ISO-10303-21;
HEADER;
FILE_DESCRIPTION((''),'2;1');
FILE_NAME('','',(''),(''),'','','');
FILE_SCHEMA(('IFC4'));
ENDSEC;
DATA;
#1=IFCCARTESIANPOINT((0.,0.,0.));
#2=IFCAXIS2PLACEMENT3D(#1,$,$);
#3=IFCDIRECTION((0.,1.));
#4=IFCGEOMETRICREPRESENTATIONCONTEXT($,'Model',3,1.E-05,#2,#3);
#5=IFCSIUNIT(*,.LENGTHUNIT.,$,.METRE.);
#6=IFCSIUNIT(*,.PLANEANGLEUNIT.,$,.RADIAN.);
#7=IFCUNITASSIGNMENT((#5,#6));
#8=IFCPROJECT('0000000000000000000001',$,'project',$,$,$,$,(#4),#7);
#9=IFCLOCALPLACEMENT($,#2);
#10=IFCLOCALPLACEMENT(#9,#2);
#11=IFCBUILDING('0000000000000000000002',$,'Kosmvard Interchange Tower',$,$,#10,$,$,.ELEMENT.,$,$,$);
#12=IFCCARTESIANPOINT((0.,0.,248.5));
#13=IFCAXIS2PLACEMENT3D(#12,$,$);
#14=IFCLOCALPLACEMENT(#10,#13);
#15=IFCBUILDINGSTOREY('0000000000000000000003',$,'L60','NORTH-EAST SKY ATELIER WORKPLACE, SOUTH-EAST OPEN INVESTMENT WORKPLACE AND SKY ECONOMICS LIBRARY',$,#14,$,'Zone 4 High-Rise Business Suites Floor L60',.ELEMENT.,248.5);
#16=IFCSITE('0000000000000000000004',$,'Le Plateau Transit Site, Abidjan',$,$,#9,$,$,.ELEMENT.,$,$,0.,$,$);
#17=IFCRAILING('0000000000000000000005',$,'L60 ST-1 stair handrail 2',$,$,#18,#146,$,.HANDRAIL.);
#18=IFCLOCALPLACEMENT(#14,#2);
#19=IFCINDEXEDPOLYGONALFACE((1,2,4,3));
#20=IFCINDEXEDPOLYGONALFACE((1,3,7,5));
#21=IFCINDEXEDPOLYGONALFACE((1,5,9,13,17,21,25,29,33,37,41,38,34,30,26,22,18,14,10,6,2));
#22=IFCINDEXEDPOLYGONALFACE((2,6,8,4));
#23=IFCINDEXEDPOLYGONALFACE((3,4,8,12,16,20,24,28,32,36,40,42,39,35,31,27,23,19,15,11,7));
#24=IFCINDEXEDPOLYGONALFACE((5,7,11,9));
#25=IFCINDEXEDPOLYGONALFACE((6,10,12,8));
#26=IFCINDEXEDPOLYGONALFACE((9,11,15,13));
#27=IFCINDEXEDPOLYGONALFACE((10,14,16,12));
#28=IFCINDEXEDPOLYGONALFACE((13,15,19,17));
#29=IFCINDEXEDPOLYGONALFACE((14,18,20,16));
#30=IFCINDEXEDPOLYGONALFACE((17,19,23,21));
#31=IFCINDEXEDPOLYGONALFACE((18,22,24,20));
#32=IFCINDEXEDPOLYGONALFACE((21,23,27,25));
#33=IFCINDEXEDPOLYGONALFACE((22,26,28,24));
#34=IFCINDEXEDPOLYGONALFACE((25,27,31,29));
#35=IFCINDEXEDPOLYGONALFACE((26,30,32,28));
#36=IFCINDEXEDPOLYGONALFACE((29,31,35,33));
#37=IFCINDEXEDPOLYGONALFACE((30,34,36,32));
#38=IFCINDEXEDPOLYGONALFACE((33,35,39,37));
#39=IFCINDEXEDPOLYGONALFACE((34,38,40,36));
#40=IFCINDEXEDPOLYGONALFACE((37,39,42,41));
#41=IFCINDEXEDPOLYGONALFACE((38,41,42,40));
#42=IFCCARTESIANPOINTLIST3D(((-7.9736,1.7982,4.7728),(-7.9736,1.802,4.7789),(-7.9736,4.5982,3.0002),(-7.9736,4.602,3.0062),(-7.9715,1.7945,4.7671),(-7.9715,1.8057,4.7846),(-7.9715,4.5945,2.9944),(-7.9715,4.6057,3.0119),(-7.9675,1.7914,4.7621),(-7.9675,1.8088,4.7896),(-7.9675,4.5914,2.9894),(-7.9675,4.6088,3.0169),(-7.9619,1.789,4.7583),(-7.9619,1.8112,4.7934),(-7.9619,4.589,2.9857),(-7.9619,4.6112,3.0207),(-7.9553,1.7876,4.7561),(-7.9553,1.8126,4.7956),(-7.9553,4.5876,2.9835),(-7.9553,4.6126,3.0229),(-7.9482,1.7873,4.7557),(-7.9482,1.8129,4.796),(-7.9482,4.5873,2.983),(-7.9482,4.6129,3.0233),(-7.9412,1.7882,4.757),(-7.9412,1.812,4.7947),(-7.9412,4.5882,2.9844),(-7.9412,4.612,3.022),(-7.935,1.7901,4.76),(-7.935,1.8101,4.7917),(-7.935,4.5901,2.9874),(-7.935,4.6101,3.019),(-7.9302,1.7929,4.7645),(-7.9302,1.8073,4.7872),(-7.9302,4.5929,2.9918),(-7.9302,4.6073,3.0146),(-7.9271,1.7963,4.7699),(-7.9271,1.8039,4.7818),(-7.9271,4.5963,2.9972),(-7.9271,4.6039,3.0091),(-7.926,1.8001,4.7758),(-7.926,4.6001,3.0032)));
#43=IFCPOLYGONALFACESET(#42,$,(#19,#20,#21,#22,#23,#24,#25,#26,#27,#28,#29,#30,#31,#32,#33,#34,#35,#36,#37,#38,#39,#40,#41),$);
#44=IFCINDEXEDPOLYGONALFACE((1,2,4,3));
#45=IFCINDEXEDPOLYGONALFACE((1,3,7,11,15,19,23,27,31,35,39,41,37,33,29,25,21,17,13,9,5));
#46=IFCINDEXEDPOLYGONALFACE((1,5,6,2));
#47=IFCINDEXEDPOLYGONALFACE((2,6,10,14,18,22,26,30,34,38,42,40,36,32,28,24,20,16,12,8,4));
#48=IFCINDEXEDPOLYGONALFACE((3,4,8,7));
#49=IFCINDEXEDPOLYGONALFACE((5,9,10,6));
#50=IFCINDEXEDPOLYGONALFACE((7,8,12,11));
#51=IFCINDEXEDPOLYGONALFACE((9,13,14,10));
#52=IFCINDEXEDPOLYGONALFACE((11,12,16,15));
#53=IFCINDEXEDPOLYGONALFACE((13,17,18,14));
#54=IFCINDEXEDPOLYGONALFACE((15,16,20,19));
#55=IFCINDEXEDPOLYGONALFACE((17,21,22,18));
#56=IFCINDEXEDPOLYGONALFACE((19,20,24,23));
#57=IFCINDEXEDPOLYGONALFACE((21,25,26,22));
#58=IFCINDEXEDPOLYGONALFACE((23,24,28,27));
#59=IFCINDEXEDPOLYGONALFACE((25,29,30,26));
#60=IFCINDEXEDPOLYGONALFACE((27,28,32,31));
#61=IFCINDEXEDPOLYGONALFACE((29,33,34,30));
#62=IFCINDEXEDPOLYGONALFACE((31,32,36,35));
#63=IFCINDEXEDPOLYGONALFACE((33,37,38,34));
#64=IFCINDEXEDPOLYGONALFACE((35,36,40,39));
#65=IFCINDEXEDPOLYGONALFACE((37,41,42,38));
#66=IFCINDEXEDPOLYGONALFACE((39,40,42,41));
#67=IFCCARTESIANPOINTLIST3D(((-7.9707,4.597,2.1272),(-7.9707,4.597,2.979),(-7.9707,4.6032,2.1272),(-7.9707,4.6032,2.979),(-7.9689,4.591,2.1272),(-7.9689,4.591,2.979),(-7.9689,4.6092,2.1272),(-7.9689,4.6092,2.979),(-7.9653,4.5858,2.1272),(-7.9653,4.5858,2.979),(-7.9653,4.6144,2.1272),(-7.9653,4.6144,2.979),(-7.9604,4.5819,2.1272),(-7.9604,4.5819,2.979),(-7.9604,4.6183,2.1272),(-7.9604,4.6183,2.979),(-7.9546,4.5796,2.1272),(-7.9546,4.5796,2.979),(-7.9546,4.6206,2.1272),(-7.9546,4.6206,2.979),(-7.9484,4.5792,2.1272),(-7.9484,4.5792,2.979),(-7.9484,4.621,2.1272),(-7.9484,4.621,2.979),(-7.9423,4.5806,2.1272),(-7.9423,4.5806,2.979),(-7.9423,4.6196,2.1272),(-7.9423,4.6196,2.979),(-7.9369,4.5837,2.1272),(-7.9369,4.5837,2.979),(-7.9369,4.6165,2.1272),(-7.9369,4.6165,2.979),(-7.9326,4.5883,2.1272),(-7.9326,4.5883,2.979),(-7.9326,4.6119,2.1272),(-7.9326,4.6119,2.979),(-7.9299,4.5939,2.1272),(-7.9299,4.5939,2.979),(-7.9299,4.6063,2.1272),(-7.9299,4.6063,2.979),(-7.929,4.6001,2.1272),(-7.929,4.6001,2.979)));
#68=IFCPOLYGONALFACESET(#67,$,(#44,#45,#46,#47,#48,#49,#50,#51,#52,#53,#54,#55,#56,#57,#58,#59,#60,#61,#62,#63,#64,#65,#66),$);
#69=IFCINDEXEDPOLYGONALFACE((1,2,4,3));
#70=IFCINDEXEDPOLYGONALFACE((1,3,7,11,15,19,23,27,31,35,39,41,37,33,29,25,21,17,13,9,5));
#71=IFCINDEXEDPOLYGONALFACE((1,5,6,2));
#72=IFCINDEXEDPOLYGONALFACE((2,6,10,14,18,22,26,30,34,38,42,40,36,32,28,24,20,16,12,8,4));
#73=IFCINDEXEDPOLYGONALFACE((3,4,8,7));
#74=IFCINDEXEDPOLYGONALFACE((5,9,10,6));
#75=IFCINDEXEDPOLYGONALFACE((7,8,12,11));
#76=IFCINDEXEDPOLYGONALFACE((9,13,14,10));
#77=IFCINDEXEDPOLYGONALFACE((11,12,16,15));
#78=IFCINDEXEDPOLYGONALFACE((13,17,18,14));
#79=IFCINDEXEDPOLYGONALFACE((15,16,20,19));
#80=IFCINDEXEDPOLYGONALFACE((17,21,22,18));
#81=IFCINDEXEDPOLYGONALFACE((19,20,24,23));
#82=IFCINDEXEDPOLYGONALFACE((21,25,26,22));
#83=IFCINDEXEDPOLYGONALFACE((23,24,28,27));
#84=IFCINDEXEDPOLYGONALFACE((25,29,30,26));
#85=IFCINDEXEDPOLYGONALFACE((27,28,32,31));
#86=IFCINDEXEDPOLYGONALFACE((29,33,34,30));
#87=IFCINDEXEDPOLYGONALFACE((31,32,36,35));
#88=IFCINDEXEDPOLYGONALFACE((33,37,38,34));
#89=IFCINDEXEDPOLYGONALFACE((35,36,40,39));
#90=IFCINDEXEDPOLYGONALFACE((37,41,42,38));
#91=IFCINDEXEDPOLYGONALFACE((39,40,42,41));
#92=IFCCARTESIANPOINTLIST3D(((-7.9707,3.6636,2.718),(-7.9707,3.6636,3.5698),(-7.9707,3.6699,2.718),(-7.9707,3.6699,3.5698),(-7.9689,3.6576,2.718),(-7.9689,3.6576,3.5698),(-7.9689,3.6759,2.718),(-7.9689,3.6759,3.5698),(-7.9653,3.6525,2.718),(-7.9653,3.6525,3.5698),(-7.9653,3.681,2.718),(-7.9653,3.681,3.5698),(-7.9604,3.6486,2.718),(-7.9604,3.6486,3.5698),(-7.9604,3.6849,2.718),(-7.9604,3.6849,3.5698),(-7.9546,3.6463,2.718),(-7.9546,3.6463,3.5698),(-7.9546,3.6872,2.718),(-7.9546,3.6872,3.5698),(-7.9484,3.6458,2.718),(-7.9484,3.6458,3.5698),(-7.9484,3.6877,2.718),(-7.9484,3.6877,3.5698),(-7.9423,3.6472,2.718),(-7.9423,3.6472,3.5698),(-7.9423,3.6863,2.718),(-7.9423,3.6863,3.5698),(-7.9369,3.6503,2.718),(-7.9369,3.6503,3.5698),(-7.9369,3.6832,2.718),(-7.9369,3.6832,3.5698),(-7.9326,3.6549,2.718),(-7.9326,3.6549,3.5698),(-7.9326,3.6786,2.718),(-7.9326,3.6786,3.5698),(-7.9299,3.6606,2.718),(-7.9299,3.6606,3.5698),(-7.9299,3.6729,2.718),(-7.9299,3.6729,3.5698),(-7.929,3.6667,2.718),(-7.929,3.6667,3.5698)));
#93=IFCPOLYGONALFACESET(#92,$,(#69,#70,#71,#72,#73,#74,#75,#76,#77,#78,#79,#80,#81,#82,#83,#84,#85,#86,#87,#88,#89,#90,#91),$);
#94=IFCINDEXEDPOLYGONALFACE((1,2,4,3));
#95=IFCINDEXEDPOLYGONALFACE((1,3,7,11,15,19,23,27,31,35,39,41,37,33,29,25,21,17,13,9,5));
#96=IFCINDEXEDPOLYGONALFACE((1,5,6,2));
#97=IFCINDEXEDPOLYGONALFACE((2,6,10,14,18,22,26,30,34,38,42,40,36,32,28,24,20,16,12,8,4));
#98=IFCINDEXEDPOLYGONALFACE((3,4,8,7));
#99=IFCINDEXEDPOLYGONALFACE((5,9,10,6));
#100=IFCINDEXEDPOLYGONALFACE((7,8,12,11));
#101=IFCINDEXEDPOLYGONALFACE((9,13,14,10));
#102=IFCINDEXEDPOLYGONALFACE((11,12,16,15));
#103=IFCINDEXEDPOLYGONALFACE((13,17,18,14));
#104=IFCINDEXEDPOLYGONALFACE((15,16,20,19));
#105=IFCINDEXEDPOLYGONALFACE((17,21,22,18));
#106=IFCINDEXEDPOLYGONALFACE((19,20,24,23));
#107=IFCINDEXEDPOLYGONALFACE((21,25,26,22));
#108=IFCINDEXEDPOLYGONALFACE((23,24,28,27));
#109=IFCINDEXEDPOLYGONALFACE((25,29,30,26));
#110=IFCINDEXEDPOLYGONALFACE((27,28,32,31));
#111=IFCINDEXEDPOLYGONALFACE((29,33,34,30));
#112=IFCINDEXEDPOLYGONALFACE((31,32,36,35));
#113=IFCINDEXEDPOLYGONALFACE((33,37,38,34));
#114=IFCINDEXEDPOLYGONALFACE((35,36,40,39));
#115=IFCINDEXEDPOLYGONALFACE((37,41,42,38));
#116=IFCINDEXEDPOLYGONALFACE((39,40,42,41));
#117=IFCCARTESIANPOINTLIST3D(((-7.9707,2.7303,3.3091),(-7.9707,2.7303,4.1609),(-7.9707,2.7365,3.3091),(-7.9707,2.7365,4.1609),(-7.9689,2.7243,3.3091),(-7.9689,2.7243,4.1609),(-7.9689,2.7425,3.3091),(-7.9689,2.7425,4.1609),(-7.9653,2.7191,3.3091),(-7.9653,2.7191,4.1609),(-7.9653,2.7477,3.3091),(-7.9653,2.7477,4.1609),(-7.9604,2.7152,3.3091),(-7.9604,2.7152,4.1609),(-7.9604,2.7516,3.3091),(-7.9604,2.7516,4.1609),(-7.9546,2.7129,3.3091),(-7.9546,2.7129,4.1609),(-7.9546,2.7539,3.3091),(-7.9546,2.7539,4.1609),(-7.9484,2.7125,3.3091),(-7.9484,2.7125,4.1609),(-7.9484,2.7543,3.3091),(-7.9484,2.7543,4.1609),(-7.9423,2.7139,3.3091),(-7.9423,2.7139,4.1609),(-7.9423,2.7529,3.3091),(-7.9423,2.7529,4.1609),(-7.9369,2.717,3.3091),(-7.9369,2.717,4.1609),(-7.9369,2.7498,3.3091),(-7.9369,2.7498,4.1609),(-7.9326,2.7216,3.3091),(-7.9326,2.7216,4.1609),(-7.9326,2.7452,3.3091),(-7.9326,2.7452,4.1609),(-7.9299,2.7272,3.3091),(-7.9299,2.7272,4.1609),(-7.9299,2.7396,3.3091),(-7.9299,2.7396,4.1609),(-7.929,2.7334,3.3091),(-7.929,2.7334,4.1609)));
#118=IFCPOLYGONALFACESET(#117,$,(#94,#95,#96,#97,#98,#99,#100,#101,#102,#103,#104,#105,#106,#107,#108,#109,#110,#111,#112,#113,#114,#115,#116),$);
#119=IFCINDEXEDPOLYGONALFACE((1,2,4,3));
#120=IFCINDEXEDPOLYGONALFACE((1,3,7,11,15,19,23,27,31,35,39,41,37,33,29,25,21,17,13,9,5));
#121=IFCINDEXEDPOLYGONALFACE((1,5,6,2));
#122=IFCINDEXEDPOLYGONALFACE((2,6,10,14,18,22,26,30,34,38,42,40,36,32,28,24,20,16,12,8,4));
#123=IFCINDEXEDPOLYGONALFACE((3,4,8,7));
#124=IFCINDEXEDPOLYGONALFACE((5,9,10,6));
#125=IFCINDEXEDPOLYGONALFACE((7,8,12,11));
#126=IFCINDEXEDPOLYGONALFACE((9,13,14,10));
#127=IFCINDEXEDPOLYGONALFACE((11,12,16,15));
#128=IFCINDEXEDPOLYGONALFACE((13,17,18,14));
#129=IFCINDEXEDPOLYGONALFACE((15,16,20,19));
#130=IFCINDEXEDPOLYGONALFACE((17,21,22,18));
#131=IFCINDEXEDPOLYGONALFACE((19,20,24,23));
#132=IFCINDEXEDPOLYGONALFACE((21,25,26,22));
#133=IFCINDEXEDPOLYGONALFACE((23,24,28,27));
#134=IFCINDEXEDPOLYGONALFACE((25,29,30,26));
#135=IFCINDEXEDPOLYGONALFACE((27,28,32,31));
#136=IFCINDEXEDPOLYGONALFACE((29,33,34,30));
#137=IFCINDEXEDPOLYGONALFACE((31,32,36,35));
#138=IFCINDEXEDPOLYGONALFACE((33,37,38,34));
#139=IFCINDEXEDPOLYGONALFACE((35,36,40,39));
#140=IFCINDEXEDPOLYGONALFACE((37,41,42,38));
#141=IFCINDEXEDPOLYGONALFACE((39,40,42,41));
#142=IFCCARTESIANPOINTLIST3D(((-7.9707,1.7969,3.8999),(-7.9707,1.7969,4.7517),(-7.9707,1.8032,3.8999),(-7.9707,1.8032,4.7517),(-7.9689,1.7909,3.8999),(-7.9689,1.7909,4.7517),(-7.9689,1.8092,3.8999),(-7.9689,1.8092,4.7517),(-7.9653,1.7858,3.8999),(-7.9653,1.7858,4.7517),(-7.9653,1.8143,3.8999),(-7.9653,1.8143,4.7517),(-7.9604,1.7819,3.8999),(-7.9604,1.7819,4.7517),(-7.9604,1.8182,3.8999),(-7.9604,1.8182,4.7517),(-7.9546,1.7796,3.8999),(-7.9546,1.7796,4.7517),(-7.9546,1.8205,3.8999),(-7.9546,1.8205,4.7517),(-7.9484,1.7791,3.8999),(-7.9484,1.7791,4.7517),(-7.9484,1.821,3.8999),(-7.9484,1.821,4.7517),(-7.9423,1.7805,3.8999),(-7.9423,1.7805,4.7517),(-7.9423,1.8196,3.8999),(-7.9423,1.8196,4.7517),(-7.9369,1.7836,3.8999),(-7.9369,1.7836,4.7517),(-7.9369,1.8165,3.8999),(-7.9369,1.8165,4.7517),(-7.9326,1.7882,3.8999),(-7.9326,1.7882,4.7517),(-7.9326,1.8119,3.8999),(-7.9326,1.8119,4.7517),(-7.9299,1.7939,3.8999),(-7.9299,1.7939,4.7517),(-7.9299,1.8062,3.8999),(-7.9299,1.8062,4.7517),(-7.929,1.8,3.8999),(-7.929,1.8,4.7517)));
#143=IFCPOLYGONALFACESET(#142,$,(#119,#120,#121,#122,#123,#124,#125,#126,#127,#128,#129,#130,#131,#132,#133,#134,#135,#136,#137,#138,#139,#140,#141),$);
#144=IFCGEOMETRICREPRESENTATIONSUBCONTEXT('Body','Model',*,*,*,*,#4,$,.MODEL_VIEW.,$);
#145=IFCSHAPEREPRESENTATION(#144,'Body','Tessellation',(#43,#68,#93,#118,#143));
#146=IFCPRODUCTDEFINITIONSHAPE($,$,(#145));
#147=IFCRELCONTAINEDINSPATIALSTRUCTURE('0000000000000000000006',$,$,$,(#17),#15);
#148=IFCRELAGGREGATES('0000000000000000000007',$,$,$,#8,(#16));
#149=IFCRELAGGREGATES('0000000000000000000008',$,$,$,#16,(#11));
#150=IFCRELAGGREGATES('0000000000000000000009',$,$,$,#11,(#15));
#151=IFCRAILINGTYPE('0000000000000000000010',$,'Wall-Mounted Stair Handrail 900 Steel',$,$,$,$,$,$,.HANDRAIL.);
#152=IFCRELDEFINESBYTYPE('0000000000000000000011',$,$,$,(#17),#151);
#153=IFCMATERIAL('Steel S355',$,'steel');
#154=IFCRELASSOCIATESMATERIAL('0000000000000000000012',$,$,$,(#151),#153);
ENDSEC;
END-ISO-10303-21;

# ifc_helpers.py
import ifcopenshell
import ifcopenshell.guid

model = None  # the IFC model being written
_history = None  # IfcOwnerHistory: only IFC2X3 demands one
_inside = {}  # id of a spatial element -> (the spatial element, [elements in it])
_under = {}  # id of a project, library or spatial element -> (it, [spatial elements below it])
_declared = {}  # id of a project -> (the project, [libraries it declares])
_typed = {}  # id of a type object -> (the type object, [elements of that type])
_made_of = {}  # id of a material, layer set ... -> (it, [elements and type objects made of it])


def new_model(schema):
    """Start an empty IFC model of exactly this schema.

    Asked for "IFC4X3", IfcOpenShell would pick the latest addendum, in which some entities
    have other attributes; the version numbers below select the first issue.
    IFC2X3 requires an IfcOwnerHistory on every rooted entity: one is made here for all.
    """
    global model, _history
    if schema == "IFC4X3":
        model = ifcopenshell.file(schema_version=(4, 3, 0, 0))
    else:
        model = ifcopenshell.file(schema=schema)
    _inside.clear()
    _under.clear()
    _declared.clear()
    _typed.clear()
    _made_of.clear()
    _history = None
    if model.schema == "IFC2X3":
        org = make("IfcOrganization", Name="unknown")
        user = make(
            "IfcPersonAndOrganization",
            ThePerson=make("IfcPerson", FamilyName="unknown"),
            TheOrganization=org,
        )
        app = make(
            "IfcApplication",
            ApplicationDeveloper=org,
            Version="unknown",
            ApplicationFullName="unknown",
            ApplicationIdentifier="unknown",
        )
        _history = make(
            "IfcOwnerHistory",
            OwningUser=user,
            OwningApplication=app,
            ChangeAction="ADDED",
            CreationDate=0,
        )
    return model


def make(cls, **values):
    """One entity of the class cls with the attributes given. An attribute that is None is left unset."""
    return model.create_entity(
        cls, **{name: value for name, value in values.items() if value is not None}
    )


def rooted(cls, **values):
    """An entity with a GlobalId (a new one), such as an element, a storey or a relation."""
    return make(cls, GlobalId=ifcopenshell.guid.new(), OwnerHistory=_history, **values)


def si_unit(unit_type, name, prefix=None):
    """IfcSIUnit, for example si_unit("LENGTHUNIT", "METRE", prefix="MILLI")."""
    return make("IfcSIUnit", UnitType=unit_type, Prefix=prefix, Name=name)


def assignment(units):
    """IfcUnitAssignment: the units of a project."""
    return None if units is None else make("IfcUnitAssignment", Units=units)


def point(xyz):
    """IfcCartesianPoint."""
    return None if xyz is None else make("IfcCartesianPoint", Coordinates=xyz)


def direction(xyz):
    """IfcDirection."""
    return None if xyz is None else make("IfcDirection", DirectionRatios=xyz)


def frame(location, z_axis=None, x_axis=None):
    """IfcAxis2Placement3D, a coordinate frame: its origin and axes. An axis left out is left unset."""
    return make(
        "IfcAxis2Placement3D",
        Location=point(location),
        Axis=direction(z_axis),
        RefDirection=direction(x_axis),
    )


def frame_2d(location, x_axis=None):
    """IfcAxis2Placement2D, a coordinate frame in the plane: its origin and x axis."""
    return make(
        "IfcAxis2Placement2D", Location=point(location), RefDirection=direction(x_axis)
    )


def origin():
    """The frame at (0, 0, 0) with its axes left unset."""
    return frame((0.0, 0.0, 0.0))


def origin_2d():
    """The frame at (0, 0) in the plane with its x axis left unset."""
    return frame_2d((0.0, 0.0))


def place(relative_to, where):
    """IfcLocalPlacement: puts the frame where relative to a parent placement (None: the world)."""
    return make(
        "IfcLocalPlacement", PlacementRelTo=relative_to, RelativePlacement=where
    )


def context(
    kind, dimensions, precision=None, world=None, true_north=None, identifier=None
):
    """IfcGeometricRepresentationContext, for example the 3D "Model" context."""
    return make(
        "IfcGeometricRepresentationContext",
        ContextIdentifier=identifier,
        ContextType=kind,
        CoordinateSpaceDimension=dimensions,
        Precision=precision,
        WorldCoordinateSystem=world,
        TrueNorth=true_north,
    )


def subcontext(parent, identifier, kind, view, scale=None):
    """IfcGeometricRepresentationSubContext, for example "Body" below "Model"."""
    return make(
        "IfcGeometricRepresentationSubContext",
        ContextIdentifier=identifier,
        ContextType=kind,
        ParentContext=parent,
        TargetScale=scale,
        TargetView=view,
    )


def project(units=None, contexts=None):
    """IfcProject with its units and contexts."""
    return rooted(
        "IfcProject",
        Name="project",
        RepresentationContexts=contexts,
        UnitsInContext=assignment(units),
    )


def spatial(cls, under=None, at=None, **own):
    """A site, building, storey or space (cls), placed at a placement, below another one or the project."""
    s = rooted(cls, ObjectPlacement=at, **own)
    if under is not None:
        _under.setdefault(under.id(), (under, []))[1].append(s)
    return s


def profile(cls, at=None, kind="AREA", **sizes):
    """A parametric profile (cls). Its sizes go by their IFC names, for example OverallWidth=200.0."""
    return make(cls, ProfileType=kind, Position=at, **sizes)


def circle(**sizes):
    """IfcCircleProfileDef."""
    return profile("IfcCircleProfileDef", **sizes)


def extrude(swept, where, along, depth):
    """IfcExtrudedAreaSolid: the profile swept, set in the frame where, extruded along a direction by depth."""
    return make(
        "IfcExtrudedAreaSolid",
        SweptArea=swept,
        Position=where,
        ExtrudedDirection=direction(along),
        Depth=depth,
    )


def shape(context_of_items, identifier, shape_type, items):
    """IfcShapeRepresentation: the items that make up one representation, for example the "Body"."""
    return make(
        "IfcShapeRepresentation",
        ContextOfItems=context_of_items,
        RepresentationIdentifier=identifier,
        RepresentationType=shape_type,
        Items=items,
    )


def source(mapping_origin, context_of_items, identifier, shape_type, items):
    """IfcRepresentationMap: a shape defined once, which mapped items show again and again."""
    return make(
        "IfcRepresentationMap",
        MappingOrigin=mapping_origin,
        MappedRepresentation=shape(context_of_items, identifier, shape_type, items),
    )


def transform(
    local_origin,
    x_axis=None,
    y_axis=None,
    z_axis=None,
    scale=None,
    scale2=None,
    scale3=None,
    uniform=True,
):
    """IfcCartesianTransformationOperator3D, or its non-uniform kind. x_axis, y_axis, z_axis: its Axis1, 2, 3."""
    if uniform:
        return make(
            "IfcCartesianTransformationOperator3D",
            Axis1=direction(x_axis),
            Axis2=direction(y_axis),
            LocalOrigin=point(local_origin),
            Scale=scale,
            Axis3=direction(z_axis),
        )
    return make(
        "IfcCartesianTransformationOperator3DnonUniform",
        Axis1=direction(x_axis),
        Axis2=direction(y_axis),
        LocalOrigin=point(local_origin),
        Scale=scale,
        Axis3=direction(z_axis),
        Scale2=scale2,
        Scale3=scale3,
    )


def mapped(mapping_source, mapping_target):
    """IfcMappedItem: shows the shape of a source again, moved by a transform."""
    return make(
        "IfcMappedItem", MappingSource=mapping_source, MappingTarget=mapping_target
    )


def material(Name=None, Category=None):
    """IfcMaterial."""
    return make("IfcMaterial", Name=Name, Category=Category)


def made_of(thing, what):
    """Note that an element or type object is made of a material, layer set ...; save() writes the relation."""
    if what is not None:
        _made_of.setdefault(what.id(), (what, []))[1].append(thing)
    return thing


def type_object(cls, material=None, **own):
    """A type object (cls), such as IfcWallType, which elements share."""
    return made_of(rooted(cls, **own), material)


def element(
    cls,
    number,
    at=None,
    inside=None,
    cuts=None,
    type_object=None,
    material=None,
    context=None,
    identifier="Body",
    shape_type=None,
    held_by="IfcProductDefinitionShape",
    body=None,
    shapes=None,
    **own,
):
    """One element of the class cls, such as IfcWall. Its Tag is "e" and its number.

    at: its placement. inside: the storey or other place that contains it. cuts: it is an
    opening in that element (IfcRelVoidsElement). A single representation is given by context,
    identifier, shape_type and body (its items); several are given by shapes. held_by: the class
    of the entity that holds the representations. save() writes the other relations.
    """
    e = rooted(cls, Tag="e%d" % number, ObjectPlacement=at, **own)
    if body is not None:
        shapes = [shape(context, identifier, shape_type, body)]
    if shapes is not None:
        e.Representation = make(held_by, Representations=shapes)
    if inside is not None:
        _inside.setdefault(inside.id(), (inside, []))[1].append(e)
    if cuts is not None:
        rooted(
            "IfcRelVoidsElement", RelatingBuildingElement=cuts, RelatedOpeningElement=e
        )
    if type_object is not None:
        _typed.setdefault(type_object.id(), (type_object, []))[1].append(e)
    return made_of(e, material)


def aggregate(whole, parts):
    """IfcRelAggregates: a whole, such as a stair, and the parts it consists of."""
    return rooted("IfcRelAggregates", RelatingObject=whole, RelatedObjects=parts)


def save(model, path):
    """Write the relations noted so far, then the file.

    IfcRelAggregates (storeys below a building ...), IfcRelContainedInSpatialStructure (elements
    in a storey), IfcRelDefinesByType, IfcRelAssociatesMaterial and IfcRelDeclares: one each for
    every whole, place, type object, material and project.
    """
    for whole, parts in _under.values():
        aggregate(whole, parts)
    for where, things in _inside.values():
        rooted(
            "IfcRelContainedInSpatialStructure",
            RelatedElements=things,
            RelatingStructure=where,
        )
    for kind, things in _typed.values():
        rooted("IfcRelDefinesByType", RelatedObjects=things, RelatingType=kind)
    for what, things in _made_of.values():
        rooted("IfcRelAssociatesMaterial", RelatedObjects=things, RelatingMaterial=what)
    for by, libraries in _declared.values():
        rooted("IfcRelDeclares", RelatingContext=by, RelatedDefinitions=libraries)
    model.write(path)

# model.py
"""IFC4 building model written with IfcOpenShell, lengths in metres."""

from ifc_helpers import new_model, si_unit, direction, frame, origin, origin_2d, place, context, subcontext, project, spatial, circle, extrude, source, transform, mapped, material, type_object, element, save


model = new_model("IFC4")

# Units and contexts
model_context = context("Model", 3, precision=1e-05, world=origin(), true_north=direction((0.0, 1.0)))
body_context = subcontext(model_context, "Body", "Model", "MODEL_VIEW")
ifc_project = project(units=[si_unit("LENGTHUNIT", "METRE"), si_unit("PLANEANGLEUNIT", "RADIAN")], contexts=[model_context])

# Site, building, storey
site_placement = place(None, origin())
site = spatial("IfcSite", under=ifc_project, at=site_placement, Name="Le Plateau Transit Site, Abidjan", CompositionType="ELEMENT", RefElevation=0.0)
building_placement = place(site_placement, origin())
building = spatial("IfcBuilding", under=site, at=building_placement, Name="Kosmvard Interchange Tower", CompositionType="ELEMENT")
storey_placement = place(building_placement, frame((0.0, 0.0, 248.5)))
storey = spatial("IfcBuildingStorey", under=building, at=storey_placement, Name="L60", Description="NORTH-EAST SKY ATELIER WORKPLACE, SOUTH-EAST OPEN INVESTMENT WORKPLACE AND SKY ECONOMICS LIBRARY", LongName="Zone 4 High-Rise Business Suites Floor L60", CompositionType="ELEMENT", Elevation=248.5)

# Shared definitions
ifc_material_1 = material(Name="Steel S355", Category="steel")

# Railing
railing_type_1 = type_object("IfcRailingType", Name="Wall-Mounted Stair Handrail 900 Steel", PredefinedType="HANDRAIL", material=ifc_material_1)
shared_shape_1 = source(origin(), body_context, "Body", "SweptSolid", [
    extrude(circle(Radius=0.0239, at=origin_2d()), frame((0.0, 0.0, 0.876), z_axis=(0.0, -0.844909, 0.53491), x_axis=(1.0, 0.0, 0.0)), (0.0, 0.0, 1.0), 3.314),
    extrude(circle(Radius=0.021, at=origin_2d()), origin(), (0.0, 0.0, 1.0), 0.8518),
    extrude(circle(Radius=0.021, at=origin_2d()), frame((0.0, -0.9333, 0.5908)), (0.0, 0.0, 1.0), 0.8518),
    extrude(circle(Radius=0.021, at=origin_2d()), frame((0.0, -1.8667, 1.1819)), (0.0, 0.0, 1.0), 0.8518),
    extrude(circle(Radius=0.021, at=origin_2d()), frame((0.0, -2.8, 1.7727)), (0.0, 0.0, 1.0), 0.8518),
])
railing_1_placement = place(storey_placement, frame((-7.95, 4.6001, 2.1272)))
element("IfcRailing", 1, at=railing_1_placement, inside=storey, type_object=railing_type_1, Name="L60 ST-1 stair handrail 2", PredefinedType="HANDRAIL", context=body_context, shape_type="MappedRepresentation", body=[
    mapped(shared_shape_1, transform((0.0, 0.0, 0.0), scale=1.0)),
])

save(model, "model.ifc")
